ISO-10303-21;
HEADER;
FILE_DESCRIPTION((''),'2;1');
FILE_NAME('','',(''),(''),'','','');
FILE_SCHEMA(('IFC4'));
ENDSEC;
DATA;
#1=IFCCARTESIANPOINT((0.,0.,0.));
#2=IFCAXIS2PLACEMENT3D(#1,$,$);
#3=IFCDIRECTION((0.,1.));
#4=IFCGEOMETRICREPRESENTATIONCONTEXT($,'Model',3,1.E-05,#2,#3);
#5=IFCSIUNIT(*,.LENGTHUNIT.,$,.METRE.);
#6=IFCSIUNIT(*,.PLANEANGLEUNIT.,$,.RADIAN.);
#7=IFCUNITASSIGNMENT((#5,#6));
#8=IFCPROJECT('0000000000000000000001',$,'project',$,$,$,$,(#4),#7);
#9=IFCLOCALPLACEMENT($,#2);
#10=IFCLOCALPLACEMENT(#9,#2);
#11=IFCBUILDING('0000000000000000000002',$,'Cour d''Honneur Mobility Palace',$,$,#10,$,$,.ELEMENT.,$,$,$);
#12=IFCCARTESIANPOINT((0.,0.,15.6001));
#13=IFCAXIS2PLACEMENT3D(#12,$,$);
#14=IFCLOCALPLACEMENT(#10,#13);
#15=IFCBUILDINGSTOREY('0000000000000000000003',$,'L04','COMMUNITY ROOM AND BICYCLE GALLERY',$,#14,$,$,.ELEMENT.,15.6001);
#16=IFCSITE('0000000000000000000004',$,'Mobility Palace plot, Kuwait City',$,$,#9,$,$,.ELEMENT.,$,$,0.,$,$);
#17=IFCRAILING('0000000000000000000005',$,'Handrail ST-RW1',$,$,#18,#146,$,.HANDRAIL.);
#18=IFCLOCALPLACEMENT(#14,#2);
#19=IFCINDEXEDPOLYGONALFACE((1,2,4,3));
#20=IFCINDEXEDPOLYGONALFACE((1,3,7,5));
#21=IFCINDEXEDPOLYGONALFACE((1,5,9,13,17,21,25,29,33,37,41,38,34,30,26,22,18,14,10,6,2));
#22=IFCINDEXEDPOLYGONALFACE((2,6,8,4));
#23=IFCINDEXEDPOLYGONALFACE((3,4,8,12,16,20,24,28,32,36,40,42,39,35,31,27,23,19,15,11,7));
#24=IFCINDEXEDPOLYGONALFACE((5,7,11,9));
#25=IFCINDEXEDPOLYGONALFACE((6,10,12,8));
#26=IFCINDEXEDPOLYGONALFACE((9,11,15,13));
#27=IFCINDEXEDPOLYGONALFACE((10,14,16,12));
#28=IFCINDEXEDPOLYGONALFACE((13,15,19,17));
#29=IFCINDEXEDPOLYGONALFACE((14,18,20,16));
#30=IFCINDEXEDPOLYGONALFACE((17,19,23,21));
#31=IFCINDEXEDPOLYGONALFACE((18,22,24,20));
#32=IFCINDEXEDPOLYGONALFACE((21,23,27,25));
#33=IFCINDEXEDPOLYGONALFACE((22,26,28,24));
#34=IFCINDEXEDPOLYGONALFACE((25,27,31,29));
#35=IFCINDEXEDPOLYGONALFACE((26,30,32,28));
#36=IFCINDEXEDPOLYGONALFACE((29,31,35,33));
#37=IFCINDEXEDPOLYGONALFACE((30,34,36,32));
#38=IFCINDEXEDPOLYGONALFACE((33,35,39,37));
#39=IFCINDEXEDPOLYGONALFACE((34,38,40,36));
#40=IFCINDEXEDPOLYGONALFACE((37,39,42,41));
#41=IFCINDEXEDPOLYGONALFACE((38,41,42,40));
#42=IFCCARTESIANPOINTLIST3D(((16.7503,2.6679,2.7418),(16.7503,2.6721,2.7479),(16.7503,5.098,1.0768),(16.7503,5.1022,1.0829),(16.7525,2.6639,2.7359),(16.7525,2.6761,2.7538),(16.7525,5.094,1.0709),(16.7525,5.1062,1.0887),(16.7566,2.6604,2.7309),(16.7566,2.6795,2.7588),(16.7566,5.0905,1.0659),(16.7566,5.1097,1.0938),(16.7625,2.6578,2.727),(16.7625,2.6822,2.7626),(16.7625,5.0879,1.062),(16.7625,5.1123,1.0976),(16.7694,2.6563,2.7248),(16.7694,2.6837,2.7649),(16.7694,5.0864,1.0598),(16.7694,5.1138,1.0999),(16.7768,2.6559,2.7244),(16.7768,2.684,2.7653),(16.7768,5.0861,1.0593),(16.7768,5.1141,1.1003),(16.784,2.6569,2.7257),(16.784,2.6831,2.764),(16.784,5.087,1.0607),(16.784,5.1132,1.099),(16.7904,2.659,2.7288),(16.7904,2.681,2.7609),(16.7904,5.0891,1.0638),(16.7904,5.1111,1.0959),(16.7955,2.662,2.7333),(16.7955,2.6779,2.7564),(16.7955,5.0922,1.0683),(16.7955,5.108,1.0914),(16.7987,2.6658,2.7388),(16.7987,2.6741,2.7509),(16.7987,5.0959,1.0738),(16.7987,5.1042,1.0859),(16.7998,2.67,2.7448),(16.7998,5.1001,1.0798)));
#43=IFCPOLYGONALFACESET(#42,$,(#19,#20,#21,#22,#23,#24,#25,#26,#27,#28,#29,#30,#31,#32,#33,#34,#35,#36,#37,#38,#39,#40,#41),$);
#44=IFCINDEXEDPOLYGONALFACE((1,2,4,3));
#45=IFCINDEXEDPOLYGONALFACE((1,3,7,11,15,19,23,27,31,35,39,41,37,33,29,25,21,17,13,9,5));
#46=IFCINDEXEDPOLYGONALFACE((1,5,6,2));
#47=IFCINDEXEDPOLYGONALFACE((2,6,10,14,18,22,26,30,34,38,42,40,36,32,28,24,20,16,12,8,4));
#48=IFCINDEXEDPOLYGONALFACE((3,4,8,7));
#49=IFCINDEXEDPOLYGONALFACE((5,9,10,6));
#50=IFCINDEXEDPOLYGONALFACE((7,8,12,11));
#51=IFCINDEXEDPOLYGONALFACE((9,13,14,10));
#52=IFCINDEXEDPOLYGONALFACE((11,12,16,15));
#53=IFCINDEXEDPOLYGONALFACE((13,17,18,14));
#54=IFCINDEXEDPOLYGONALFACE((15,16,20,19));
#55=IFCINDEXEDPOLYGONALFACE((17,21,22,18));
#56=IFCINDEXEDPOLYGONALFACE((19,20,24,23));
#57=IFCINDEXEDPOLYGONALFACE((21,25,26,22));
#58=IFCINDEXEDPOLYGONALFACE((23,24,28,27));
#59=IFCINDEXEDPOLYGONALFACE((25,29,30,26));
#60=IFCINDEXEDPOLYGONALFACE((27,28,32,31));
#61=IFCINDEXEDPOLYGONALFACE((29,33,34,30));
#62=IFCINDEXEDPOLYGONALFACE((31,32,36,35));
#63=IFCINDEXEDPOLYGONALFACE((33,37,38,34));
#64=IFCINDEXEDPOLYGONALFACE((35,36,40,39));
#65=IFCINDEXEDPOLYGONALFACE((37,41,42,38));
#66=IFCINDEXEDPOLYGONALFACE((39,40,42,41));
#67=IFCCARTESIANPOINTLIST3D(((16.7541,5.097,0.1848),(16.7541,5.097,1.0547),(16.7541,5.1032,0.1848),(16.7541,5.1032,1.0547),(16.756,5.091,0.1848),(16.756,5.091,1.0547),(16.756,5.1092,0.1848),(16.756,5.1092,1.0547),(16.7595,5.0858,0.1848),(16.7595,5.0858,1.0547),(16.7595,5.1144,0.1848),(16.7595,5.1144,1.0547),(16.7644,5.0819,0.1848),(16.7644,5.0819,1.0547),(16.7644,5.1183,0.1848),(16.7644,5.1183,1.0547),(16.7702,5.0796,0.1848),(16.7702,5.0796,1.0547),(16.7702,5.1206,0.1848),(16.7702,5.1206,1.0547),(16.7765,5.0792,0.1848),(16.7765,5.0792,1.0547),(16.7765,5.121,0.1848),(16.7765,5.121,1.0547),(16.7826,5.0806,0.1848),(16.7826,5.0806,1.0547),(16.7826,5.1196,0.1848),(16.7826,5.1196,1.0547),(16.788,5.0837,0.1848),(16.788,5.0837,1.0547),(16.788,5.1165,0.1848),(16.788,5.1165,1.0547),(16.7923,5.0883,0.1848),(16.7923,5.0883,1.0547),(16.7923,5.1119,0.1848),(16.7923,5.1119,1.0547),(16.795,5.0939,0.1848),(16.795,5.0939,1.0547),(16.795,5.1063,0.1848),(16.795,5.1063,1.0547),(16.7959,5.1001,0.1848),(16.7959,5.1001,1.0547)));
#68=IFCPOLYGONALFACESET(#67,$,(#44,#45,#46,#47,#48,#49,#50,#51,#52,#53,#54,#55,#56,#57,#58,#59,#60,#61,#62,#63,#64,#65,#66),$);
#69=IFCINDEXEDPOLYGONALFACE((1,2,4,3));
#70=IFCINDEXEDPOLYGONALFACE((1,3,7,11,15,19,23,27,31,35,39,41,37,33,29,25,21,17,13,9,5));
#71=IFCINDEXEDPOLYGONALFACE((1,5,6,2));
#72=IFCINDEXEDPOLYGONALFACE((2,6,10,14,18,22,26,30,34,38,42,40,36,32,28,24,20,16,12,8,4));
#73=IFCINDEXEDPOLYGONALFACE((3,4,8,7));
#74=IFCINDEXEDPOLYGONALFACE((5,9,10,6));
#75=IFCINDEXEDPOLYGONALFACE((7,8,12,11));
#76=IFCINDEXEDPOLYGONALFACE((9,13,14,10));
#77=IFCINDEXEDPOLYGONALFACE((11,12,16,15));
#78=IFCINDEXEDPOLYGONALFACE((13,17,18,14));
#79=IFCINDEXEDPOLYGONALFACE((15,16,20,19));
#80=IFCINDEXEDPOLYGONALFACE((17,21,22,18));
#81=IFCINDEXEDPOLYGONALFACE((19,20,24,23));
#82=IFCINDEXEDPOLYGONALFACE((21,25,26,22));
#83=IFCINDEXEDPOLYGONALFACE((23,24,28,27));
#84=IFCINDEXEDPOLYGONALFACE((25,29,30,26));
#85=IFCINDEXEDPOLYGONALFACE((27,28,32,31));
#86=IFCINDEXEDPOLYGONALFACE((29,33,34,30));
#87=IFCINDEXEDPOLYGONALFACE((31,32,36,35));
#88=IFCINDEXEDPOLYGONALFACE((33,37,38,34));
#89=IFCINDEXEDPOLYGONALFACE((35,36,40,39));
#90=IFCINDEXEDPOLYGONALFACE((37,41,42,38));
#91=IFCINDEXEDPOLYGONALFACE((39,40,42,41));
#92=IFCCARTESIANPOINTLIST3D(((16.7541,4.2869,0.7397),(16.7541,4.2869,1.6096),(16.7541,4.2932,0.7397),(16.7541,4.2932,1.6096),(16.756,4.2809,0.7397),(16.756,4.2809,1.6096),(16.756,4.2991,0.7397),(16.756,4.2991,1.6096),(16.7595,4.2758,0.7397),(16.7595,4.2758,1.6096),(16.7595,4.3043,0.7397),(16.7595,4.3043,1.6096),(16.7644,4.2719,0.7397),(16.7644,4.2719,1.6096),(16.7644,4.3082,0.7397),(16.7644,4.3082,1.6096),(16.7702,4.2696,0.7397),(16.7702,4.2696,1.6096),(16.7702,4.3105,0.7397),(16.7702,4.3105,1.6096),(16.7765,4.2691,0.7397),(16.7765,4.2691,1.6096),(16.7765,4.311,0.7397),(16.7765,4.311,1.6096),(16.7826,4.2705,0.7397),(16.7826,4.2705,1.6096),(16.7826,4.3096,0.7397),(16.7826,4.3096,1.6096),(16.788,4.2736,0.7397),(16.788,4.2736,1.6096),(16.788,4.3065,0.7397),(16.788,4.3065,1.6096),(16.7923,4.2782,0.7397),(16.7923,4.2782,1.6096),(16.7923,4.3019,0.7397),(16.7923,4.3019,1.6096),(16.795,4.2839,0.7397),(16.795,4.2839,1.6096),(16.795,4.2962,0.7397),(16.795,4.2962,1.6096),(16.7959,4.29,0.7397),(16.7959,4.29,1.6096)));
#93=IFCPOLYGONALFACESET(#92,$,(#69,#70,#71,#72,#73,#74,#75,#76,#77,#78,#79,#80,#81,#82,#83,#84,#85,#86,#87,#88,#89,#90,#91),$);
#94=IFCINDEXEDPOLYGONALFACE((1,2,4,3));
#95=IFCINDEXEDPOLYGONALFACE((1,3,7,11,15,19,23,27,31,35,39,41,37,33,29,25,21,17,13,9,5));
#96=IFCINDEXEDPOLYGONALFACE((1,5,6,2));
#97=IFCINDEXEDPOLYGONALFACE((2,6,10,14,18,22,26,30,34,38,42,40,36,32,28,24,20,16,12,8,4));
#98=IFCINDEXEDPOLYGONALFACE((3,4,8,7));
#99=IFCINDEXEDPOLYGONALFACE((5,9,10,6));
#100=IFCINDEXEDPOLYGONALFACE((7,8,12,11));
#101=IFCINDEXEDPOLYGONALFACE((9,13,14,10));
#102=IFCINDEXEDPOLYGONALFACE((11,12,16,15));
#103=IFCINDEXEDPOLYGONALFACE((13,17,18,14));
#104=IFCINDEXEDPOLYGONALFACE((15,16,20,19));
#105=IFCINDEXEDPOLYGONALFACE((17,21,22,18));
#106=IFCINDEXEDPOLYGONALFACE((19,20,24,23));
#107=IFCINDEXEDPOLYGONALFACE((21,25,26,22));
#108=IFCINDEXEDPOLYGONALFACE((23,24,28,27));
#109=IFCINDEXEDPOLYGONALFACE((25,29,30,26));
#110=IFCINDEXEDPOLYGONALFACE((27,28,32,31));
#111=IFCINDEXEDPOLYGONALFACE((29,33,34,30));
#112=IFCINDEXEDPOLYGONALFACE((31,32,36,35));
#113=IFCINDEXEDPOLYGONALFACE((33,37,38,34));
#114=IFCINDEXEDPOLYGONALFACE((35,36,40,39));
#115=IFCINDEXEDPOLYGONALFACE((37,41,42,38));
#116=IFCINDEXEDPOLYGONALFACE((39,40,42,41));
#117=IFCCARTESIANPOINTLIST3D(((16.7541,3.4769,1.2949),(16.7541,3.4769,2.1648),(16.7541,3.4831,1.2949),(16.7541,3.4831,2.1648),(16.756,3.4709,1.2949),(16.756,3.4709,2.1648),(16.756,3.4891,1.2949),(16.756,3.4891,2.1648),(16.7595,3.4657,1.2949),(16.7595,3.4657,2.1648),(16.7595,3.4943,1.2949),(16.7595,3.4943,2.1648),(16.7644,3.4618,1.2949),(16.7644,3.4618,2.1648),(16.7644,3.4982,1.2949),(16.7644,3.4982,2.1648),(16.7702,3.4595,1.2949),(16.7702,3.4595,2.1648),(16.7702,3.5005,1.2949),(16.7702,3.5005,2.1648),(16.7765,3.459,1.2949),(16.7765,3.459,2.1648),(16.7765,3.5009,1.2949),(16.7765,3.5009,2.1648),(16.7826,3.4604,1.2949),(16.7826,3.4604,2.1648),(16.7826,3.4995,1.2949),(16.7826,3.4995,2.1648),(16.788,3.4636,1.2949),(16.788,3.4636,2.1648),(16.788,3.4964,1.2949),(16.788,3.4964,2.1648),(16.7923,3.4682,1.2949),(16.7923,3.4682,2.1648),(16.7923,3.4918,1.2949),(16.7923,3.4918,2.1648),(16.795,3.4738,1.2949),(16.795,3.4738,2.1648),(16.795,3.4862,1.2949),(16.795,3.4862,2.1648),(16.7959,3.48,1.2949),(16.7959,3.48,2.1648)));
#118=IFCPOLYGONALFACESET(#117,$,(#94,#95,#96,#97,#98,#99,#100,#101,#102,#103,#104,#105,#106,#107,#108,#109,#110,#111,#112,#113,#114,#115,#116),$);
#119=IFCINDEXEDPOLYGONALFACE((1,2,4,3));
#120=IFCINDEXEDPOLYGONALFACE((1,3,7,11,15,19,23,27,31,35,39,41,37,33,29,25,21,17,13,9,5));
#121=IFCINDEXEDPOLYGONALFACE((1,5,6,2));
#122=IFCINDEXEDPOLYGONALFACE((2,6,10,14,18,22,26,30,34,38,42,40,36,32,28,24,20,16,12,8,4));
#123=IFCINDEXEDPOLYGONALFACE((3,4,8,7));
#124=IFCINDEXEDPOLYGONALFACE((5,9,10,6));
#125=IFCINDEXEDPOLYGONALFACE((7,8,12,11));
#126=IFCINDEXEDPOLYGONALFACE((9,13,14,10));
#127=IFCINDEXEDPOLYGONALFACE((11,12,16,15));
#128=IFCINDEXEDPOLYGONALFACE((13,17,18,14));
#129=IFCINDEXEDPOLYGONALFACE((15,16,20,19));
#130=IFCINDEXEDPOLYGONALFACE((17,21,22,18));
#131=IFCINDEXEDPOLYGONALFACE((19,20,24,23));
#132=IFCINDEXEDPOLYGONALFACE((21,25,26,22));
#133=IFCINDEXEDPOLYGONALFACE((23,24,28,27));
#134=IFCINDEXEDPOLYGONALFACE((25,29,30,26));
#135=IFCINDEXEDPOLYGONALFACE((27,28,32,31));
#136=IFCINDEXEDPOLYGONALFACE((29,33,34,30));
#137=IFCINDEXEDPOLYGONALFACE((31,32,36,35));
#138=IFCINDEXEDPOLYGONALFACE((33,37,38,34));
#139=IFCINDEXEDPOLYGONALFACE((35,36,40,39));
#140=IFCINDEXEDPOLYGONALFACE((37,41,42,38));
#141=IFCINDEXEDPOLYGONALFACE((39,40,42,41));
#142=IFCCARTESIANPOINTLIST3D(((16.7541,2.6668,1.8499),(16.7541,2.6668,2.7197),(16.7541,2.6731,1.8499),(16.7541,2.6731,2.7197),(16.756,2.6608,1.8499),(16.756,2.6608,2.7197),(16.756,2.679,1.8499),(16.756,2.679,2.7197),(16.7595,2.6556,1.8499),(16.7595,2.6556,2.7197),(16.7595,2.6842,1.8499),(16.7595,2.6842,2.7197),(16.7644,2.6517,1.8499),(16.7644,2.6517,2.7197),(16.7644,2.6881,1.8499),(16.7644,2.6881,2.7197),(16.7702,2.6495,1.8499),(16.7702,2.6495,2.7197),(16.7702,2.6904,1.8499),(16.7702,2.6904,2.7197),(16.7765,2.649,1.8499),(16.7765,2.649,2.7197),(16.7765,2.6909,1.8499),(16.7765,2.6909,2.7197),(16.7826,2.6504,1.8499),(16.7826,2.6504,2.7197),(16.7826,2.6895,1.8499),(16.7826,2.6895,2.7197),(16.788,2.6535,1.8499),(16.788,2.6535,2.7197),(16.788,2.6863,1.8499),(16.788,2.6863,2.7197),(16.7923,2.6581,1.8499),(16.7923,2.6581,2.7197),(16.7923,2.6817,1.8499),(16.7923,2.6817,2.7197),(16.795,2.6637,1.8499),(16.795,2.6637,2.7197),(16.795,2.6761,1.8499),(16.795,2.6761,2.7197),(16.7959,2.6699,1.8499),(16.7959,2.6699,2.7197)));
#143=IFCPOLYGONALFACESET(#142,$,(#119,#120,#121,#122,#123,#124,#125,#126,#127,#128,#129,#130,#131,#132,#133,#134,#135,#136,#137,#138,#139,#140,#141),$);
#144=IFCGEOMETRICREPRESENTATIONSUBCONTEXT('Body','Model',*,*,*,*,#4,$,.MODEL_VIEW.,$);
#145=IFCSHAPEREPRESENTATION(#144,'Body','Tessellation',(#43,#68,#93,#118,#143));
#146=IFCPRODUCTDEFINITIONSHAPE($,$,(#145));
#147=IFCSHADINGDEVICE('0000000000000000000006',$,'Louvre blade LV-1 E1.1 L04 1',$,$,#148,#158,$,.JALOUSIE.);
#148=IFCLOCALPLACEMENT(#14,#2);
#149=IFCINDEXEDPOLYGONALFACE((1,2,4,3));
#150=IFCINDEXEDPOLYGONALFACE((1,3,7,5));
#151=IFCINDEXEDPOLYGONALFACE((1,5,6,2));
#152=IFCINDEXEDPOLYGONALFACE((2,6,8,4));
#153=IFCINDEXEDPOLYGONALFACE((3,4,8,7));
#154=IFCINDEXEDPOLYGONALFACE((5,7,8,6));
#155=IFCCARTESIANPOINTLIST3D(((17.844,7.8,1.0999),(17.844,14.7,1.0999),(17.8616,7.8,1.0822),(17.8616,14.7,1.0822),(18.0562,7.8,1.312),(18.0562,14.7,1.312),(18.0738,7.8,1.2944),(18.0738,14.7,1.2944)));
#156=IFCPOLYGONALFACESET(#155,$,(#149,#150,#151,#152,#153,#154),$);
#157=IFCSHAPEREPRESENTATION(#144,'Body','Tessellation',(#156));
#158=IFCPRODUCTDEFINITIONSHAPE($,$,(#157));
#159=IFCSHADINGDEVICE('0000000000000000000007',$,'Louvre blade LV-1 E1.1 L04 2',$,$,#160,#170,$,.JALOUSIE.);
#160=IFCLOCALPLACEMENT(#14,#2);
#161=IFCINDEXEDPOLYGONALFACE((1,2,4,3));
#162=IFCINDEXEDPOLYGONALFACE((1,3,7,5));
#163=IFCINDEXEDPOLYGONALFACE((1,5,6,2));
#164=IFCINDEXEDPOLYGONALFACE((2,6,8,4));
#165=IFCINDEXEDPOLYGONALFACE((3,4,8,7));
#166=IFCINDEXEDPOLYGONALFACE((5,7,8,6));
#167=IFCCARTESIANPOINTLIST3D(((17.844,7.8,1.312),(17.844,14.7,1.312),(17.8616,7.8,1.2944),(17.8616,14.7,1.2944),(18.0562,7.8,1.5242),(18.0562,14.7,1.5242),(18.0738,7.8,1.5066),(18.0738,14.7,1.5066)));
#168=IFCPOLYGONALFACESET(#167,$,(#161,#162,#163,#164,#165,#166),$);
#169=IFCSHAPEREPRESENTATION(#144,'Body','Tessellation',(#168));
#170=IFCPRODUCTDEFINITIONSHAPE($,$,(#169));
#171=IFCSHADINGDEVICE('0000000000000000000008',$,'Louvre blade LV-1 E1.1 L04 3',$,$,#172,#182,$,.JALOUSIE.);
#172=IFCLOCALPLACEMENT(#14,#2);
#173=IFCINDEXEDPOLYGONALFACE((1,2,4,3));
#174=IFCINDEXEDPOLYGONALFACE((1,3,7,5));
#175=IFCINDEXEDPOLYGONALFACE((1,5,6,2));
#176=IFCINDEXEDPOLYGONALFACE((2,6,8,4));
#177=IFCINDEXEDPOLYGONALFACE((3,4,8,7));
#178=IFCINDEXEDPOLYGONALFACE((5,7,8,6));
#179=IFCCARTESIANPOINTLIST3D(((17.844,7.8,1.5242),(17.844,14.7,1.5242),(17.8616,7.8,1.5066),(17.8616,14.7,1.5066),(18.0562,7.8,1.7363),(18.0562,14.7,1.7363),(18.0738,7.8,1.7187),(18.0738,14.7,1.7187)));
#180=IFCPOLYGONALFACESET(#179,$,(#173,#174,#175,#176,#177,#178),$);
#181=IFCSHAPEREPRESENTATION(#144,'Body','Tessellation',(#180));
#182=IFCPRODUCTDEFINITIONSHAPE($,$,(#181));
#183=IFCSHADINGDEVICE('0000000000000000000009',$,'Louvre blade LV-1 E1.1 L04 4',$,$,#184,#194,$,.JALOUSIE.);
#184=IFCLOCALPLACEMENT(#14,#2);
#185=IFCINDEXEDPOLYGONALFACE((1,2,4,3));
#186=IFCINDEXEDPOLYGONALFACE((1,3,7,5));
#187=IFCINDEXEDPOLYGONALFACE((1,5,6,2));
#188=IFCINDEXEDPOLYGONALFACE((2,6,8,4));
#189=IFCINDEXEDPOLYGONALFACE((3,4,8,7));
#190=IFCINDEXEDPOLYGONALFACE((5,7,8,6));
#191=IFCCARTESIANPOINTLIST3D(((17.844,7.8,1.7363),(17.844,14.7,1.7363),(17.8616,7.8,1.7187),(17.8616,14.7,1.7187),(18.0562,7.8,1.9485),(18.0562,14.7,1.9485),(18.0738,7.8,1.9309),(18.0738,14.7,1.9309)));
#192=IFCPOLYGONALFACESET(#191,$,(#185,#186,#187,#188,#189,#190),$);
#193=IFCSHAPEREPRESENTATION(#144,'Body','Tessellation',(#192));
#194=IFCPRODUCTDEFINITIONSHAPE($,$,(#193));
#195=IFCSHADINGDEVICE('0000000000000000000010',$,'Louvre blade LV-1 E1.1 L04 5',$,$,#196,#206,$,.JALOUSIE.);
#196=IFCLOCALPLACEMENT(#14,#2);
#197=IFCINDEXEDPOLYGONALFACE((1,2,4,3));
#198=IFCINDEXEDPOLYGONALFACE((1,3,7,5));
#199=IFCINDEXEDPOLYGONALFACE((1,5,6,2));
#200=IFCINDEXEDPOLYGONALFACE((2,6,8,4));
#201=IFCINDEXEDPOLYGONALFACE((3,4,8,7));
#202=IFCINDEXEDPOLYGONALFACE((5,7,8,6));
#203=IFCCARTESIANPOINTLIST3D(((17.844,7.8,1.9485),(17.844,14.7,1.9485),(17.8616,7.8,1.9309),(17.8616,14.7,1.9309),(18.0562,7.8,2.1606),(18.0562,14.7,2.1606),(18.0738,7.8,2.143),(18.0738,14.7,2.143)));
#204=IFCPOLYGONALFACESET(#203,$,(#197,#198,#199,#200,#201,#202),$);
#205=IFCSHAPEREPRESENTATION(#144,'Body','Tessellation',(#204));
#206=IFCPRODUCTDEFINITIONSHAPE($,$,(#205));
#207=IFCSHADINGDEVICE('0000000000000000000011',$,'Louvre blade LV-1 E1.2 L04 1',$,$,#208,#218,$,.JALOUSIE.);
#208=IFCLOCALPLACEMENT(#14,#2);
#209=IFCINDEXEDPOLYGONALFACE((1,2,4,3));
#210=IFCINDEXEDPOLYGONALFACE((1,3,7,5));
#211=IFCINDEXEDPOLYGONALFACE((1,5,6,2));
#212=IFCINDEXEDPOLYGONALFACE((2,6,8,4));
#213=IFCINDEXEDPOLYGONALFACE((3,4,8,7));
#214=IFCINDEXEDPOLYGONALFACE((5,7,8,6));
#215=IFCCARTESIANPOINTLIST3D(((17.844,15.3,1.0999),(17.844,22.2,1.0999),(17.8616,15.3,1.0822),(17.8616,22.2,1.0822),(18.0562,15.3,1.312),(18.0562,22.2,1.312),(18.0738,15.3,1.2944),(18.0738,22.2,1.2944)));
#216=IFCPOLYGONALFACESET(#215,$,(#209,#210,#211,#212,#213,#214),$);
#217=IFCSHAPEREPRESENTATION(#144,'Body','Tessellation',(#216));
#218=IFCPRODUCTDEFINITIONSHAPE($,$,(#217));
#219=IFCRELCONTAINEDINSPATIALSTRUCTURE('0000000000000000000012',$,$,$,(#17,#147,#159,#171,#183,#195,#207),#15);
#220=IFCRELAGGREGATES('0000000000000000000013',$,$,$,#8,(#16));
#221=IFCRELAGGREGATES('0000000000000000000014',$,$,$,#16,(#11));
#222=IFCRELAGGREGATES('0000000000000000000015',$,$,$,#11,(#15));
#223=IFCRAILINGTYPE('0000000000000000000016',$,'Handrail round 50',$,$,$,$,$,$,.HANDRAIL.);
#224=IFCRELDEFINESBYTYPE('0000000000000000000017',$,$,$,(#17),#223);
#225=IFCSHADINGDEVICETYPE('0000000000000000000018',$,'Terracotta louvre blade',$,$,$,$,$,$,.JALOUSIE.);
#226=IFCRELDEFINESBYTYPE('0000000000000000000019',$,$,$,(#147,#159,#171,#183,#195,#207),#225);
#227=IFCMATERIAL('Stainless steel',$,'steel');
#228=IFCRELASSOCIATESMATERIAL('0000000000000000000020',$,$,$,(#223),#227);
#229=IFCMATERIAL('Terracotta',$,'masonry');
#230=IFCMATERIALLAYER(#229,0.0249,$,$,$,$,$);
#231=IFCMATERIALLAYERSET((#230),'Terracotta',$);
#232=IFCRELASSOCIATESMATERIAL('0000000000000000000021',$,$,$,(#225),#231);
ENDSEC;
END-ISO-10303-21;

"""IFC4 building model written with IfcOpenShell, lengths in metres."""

from ifc_helpers import new_model, si_unit, direction, frame, origin, origin_2d, place, context, subcontext, project, spatial, polyline, circle, outline, extrude, material, layer, layer_set, type_object, element, save


model = new_model("IFC4")

# Units and contexts
model_context = context("Model", 3, precision=1e-05, world=origin(), true_north=direction((0.0, 1.0)))
body_context = subcontext(model_context, "Body", "Model", "MODEL_VIEW")
ifc_project = project(units=[si_unit("LENGTHUNIT", "METRE"), si_unit("PLANEANGLEUNIT", "RADIAN")], contexts=[model_context])

# Site, building, storey
site_placement = place(None, origin())
site = spatial("IfcSite", under=ifc_project, at=site_placement, Name="Mobility Palace plot, Kuwait City", CompositionType="ELEMENT", RefElevation=0.0)
building_placement = place(site_placement, origin())
building = spatial("IfcBuilding", under=site, at=building_placement, Name="Cour d'Honneur Mobility Palace", CompositionType="ELEMENT")
storey_placement = place(building_placement, frame((0.0, 0.0, 15.6001)))
storey = spatial("IfcBuildingStorey", under=building, at=storey_placement, Name="L04", Description="COMMUNITY ROOM AND BICYCLE GALLERY", CompositionType="ELEMENT", Elevation=15.6001)

# Railing
ifc_material_1 = material(Name="Stainless steel", Category="steel")
railing_type_1 = type_object("IfcRailingType", Name="Handrail round 50", PredefinedType="HANDRAIL", material=ifc_material_1)
railing_1_placement = place(storey_placement, frame((16.7749, 5.1001, 0.1848)))
element("IfcRailing", 1, at=railing_1_placement, inside=storey, type_object=railing_type_1, Name="Handrail ST-RW1", PredefinedType="HANDRAIL", context=body_context, shape_type="SweptSolid", body=[
    extrude(circle(Radius=0.0249, at=origin_2d()), frame((0.0, 0.0, 0.895), z_axis=(0.0, -0.824945, 0.565213), x_axis=(1.0, 0.0, 0.0)), (0.0, 0.0, 1.0), 2.9458),
    extrude(circle(Radius=0.021, at=origin_2d()), origin(), (0.0, 0.0, 1.0), 0.8699),
    extrude(circle(Radius=0.021, at=origin_2d()), frame((0.0, -0.8101, 0.5549)), (0.0, 0.0, 1.0), 0.8699),
    extrude(circle(Radius=0.021, at=origin_2d()), frame((0.0, -1.6201, 1.1101)), (0.0, 0.0, 1.0), 0.8699),
    extrude(circle(Radius=0.021, at=origin_2d()), frame((0.0, -2.4302, 1.665)), (0.0, 0.0, 1.0), 0.8699),
])

# Shading devices
ifc_material_2 = material(Name="Terracotta", Category="masonry")
ifc_layer_1 = layer(ifc_material_2, 0.0249)
ifc_layer_set_1 = layer_set([ifc_layer_1], Name="Terracotta")
shading_device_type = type_object("IfcShadingDeviceType", Name="Terracotta louvre blade", PredefinedType="JALOUSIE", material=ifc_layer_set_1)
for number, where, z_axis, x_axis, name in (
    (2, (17.844, 7.8, 1.0999), (-0.707107, 0.0, 0.707107), (0.0, 1.0, 0.0), "Louvre blade LV-1 E1.1 L04 1"),
    (3, (17.844, 7.8, 1.312), (-0.707107, 0.0, 0.707107), (0.0, 1.0, 0.0), "Louvre blade LV-1 E1.1 L04 2"),
    (4, (17.844, 7.8, 1.5242), (-0.707107, 0.0, 0.707107), (0.0, 1.0, 0.0), "Louvre blade LV-1 E1.1 L04 3"),
    (5, (17.844, 7.8, 1.7363), (-0.707107, 0.0, 0.707107), (0.0, 1.0, 0.0), "Louvre blade LV-1 E1.1 L04 4"),
    (6, (17.844, 7.8, 1.9485), (-0.707107, 0.0, 0.707107), (0.0, 1.0, 0.0), "Louvre blade LV-1 E1.1 L04 5"),
    (7, (17.844, 15.3, 1.0999), (-0.707107, 0.0, 0.707107), (0.0, 1.0, 0.0), "Louvre blade LV-1 E1.2 L04 1"),
):
    element("IfcShadingDevice", number, at=place(storey_placement, frame(where, z_axis=z_axis, x_axis=x_axis)), inside=storey, type_object=shading_device_type, Name=name, PredefinedType="JALOUSIE", context=body_context, shape_type="SweptSolid", body=[
        extrude(outline(polyline([(0.0, 0.0), (6.8999, 0.0), (6.8999, -0.3), (0.0, -0.3), (0.0, 0.0)])), origin(), (0.0, 0.0, -1.0), 0.0249),
    ])

save(model, "model.ifc")
